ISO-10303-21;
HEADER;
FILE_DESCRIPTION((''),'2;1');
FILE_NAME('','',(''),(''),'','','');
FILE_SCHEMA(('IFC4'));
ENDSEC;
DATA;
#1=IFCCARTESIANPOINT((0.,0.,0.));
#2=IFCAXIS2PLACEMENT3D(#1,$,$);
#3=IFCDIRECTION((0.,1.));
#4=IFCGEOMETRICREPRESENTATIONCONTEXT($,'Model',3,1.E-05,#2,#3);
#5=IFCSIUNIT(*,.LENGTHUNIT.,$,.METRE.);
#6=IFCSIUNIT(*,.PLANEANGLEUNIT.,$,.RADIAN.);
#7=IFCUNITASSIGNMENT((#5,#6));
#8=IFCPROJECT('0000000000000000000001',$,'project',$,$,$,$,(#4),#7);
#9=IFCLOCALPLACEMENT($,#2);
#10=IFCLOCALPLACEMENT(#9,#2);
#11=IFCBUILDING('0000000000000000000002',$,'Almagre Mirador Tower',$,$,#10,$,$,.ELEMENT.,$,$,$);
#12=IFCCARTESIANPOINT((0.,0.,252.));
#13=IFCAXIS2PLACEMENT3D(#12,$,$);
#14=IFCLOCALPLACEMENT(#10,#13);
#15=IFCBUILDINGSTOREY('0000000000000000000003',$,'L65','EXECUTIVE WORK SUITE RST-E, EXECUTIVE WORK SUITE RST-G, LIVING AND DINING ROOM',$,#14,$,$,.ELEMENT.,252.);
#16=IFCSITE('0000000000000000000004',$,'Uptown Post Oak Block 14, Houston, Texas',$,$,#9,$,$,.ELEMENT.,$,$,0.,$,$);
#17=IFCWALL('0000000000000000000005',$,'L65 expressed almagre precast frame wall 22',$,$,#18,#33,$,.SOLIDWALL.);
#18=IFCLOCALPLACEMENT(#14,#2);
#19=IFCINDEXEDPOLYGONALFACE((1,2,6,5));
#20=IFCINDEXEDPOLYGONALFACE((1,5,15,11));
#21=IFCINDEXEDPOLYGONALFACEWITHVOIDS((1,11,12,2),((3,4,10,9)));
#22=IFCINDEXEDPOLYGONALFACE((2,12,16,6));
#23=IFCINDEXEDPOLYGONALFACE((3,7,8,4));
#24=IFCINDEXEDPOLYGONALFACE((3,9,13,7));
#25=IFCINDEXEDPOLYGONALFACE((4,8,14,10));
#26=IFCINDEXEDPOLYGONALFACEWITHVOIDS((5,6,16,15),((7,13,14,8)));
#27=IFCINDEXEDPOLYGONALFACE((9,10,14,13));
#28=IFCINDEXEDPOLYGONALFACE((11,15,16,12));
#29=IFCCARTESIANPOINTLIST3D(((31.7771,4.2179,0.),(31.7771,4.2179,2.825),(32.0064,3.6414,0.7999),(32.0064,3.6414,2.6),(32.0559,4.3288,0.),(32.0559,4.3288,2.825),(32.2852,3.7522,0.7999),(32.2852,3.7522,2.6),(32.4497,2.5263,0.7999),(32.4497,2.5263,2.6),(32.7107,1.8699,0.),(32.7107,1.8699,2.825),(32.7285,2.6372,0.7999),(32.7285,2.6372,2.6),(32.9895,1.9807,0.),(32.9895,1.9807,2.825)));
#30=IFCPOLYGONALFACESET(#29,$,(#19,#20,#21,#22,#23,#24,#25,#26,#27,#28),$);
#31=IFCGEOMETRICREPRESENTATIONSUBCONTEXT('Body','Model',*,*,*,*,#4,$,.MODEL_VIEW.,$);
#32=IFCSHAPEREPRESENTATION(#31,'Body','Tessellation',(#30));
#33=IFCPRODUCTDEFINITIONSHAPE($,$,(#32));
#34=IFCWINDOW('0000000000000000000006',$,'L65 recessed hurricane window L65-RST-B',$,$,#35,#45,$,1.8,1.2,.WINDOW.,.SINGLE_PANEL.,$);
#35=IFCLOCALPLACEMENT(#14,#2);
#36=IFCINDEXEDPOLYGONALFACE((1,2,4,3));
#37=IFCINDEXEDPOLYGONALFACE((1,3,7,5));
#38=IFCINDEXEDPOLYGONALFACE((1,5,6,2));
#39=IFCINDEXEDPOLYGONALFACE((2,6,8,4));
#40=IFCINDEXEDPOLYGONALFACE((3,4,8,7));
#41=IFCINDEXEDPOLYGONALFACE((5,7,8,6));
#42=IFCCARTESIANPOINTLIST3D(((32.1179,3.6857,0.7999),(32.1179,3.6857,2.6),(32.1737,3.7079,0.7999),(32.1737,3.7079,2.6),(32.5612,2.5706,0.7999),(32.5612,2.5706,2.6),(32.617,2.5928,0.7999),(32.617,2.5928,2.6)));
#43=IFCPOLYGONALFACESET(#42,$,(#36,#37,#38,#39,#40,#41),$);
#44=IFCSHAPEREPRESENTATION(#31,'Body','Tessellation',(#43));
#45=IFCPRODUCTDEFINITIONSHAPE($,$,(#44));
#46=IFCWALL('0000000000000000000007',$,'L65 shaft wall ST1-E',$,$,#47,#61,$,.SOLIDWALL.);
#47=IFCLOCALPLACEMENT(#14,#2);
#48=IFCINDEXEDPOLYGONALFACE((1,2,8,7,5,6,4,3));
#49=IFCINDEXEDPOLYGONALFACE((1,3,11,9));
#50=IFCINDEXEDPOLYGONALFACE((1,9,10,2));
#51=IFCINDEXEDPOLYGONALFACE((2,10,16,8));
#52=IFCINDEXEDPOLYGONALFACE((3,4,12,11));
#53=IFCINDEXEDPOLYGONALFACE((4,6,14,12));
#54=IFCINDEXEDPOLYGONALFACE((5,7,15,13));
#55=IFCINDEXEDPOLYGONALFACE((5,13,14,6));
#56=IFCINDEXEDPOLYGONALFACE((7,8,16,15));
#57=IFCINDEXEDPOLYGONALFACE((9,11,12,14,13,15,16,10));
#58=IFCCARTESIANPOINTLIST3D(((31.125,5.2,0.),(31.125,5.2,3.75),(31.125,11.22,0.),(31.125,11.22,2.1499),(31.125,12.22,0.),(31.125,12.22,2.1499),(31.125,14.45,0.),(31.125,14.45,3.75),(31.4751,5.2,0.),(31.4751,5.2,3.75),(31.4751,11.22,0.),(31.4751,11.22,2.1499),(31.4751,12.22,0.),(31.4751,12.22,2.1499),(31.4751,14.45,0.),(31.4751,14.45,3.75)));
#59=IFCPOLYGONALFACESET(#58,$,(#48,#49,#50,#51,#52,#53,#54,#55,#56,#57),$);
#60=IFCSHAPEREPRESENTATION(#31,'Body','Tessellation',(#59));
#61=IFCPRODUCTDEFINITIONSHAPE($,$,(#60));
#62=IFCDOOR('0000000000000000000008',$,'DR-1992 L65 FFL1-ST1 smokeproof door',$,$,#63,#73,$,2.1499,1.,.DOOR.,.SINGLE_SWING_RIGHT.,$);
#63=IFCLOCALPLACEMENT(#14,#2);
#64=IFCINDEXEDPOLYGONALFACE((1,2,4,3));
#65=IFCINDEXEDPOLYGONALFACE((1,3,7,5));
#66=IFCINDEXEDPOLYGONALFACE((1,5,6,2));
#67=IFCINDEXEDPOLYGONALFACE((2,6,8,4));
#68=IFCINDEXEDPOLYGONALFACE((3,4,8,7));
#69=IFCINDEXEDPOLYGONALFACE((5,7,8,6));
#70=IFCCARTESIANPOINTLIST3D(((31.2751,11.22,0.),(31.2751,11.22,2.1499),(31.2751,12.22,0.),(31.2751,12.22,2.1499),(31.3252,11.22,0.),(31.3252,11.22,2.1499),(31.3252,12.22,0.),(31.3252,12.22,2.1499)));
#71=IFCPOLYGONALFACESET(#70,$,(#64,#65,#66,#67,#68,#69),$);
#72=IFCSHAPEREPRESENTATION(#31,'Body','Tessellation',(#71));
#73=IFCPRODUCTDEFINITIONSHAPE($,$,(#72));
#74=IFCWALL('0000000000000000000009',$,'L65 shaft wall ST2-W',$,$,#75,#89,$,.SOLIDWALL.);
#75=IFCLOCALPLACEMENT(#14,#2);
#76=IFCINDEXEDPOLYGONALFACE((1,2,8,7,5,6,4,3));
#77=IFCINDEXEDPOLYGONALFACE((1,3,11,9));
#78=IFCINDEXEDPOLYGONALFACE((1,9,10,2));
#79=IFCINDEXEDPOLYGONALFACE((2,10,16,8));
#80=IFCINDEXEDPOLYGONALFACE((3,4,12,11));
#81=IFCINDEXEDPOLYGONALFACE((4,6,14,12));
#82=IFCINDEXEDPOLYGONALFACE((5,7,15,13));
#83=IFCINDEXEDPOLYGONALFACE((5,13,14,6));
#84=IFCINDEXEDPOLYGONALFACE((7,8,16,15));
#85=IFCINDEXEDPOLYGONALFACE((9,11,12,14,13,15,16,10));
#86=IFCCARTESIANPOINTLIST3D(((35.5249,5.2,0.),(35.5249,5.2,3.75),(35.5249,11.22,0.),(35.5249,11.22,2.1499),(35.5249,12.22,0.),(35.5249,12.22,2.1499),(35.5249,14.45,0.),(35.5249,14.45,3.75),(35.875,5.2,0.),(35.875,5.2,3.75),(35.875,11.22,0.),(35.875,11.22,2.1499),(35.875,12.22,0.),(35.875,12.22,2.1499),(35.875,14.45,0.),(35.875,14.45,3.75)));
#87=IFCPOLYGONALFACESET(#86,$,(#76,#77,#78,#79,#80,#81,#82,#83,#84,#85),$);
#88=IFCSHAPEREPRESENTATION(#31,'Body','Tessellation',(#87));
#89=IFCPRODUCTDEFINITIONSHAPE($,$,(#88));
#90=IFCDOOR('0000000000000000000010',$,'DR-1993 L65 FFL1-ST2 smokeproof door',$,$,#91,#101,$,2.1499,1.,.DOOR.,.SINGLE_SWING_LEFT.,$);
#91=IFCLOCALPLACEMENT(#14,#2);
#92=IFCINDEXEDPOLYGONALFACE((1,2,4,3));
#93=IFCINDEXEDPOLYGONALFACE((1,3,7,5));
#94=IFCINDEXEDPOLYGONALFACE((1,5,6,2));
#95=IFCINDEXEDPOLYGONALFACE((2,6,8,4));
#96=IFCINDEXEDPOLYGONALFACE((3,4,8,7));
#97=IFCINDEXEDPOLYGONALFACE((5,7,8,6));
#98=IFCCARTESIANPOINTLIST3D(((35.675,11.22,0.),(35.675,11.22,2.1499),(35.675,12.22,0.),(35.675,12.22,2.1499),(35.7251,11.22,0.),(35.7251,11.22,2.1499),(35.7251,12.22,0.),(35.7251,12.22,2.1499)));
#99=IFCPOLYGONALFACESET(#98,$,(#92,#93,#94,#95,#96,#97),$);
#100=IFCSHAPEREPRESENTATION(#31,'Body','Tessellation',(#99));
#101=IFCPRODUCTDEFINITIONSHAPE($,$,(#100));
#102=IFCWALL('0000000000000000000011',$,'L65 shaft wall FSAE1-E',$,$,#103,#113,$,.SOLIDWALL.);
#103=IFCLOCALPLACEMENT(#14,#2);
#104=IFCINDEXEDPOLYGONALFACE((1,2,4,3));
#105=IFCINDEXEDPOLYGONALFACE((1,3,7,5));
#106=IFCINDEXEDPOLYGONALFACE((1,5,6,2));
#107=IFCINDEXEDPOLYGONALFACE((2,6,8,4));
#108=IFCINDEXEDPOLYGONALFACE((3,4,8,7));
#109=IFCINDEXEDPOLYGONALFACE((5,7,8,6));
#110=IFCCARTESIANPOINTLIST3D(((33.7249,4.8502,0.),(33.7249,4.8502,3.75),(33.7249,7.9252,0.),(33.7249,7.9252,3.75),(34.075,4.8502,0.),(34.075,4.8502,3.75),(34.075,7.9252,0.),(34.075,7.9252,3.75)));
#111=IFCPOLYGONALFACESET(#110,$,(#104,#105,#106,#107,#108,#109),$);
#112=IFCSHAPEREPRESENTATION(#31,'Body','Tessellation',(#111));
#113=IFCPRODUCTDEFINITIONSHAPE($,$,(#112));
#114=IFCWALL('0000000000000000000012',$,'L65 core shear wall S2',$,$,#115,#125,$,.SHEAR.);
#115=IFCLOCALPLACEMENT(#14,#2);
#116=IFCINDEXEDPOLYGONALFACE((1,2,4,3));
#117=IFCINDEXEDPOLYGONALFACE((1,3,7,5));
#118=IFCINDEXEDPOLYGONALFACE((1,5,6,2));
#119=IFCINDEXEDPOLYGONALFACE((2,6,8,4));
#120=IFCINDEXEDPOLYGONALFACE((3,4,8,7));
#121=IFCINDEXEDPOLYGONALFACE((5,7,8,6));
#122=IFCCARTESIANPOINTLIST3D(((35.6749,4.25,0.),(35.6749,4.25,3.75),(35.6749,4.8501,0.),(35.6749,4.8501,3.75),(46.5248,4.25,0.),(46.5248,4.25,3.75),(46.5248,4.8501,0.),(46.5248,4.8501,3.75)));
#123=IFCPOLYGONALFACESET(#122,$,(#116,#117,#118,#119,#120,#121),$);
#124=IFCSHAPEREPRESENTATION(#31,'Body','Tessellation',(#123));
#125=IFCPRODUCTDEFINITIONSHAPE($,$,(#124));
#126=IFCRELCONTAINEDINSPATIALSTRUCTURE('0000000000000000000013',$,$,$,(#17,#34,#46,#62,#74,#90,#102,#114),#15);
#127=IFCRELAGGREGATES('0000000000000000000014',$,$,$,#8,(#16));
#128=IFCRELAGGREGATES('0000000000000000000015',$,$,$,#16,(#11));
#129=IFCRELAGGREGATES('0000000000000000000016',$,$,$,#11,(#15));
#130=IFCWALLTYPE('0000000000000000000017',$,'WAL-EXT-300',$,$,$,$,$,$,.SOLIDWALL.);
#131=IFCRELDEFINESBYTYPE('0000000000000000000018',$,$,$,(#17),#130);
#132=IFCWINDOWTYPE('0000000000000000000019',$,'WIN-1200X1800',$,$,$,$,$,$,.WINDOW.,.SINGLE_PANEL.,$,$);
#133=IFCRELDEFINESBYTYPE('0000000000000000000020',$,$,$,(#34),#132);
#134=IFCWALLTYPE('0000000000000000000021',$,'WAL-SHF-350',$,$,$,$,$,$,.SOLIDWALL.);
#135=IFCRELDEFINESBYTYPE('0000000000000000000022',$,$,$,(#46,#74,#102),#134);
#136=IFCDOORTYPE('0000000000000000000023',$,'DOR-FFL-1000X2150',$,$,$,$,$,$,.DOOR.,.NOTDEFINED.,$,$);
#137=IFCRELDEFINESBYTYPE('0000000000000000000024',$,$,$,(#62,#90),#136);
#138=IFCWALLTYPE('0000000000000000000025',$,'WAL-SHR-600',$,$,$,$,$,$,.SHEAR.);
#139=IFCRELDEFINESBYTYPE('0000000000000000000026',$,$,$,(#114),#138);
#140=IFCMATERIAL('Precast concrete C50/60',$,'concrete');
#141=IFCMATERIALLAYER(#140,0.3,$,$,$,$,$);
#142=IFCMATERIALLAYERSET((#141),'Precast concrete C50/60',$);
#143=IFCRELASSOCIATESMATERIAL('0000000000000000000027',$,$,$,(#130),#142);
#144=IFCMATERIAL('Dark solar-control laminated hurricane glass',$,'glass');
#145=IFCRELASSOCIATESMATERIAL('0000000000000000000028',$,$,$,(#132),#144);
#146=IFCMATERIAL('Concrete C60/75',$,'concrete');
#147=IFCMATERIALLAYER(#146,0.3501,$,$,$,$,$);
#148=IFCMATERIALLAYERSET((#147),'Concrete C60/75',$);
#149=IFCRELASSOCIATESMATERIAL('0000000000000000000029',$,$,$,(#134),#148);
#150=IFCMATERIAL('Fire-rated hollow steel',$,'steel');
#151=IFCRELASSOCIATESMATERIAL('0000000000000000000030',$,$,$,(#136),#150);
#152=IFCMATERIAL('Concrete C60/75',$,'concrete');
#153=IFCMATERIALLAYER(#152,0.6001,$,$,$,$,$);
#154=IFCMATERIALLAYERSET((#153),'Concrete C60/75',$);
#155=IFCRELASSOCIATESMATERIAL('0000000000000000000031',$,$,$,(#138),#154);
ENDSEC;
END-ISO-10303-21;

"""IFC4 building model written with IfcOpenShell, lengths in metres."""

from ifc_helpers import new_model, si_unit, direction, frame, frame_2d, origin, place, context, subcontext, project, spatial, rectangle, extrude, material, layer, layer_set, type_object, element, fill, save


model = new_model("IFC4")

# Units and contexts
model_context = context("Model", 3, precision=1e-05, world=origin(), true_north=direction((0.0, 1.0)))
body_context = subcontext(model_context, "Body", "Model", "MODEL_VIEW")
ifc_project = project(units=[si_unit("LENGTHUNIT", "METRE"), si_unit("PLANEANGLEUNIT", "RADIAN")], contexts=[model_context])

# Site, building, storey
site_placement = place(None, origin())
site = spatial("IfcSite", under=ifc_project, at=site_placement, Name="Uptown Post Oak Block 14, Houston, Texas", CompositionType="ELEMENT", RefElevation=0.0)
building_placement = place(site_placement, origin())
building = spatial("IfcBuilding", under=site, at=building_placement, Name="Almagre Mirador Tower", CompositionType="ELEMENT")
storey_placement = place(building_placement, frame((0.0, 0.0, 252.0)))
storey = spatial("IfcBuildingStorey", under=building, at=storey_placement, Name="L65", Description="EXECUTIVE WORK SUITE RST-E, EXECUTIVE WORK SUITE RST-G, LIVING AND DINING ROOM", CompositionType="ELEMENT", Elevation=252.0)

# Wall, opening, window
ifc_material_1 = material(Name="Precast concrete C50/60", Category="concrete")
ifc_layer_1 = layer(ifc_material_1, 0.3)
ifc_layer_set_1 = layer_set([ifc_layer_1], Name="Precast concrete C50/60")
wall_type_1 = type_object("IfcWallType", Name="WAL-EXT-300", PredefinedType="SOLIDWALL", material=ifc_layer_set_1)
wall_1_placement = place(storey_placement, frame((32.8501, 1.9253, 0.0), z_axis=(0.0, 0.0, 1.0), x_axis=(-0.369458, 0.929248, 0.0)))
wall_1 = element("IfcWall", 1, at=wall_1_placement, inside=storey, type_object=wall_type_1, Name="L65 expressed almagre precast frame wall 22", PredefinedType="SOLIDWALL", context=body_context, shape_type="SweptSolid", body=[
    extrude(rectangle(XDim=2.5269, YDim=0.3, at=frame_2d((1.2634, 0.0))), origin(), (0.0, 0.0, 1.0), 2.825),
])
opening_1_placement = place(wall_1_placement, frame((0.7063, 0.0, 0.8)))
opening_1 = element("IfcOpeningElement", 2, at=opening_1_placement, cuts=wall_1, PredefinedType="OPENING", context=body_context, shape_type="SweptSolid", body=[
    extrude(rectangle(XDim=1.2, YDim=1.8, at=frame_2d((0.6001, 0.8999))), frame((0.0, 0.1599, 0.0), z_axis=(0.0, -1.0, 0.0), x_axis=(1.0, 0.0, 0.0)), (0.0, 0.0, 1.0), 0.32),
])
ifc_material_2 = material(Name="Dark solar-control laminated hurricane glass", Category="glass")
window_type = type_object("IfcWindowType", Name="WIN-1200X1800", PartitioningType="SINGLE_PANEL", PredefinedType="WINDOW", material=ifc_material_2)
window_placement = place(opening_1_placement, origin())
window = element("IfcWindow", 3, at=window_placement, inside=storey, type_object=window_type, Name="L65 recessed hurricane window L65-RST-B", OverallHeight=1.8, OverallWidth=1.2, PartitioningType="SINGLE_PANEL", PredefinedType="WINDOW", context=body_context, shape_type="SweptSolid", body=[
    extrude(rectangle(XDim=1.2, YDim=1.8, at=frame_2d((0.6001, 0.8999))), frame((0.0, 0.03, 0.0), z_axis=(0.0, -1.0, 0.0), x_axis=(1.0, 0.0, 0.0)), (0.0, 0.0, 1.0), 0.0601),
])
fill(opening_1, window)

# Walls, openings, doors
ifc_material_3 = material(Name="Concrete C60/75", Category="concrete")
ifc_layer_2 = layer(ifc_material_3, 0.3501)
ifc_layer_set_2 = layer_set([ifc_layer_2], Name="Concrete C60/75")
wall_type_2 = type_object("IfcWallType", Name="WAL-SHF-350", PredefinedType="SOLIDWALL", material=ifc_layer_set_2)
wall_2_placement = place(storey_placement, frame((31.3, 5.2, 0.0), z_axis=(0.0, 0.0, 1.0), x_axis=(0.0, 1.0, 0.0)))
wall_2 = element("IfcWall", 4, at=wall_2_placement, inside=storey, type_object=wall_type_2, Name="L65 shaft wall ST1-E", PredefinedType="SOLIDWALL", context=body_context, shape_type="SweptSolid", body=[
    extrude(rectangle(XDim=9.25, YDim=0.3501, at=frame_2d((4.625, 0.0))), origin(), (0.0, 0.0, 1.0), 3.75),
])
opening_2_placement = place(wall_2_placement, frame((6.02, 0.0, 0.0)))
opening_2 = element("IfcOpeningElement", 5, at=opening_2_placement, cuts=wall_2, PredefinedType="OPENING", context=body_context, shape_type="SweptSolid", body=[
    extrude(rectangle(XDim=1.0, YDim=2.1499, at=frame_2d((0.5, 1.075))), frame((0.0, 0.185, 0.0), z_axis=(0.0, -1.0, 0.0), x_axis=(1.0, 0.0, 0.0)), (0.0, 0.0, 1.0), 0.3701),
])
ifc_material_4 = material(Name="Fire-rated hollow steel", Category="steel")
door_type = type_object("IfcDoorType", Name="DOR-FFL-1000X2150", OperationType="NOTDEFINED", PredefinedType="DOOR", material=ifc_material_4)
door_1_placement = place(opening_2_placement, origin())
door_1 = element("IfcDoor", 6, at=door_1_placement, inside=storey, type_object=door_type, Name="DR-1992 L65 FFL1-ST1 smokeproof door", OperationType="SINGLE_SWING_RIGHT", OverallHeight=2.1499, OverallWidth=1.0, PredefinedType="DOOR", context=body_context, shape_type="SweptSolid", body=[
    extrude(rectangle(XDim=1.0, YDim=2.1499, at=frame_2d((0.5, 1.075))), frame((0.0, 0.0249, 0.0), z_axis=(0.0, -1.0, 0.0), x_axis=(1.0, 0.0, 0.0)), (0.0, 0.0, 1.0), 0.05),
])
fill(opening_2, door_1)
wall_3_placement = place(storey_placement, frame((35.7, 5.2, 0.0), z_axis=(0.0, 0.0, 1.0), x_axis=(0.0, 1.0, 0.0)))
wall_3 = element("IfcWall", 7, at=wall_3_placement, inside=storey, type_object=wall_type_2, Name="L65 shaft wall ST2-W", PredefinedType="SOLIDWALL", context=body_context, shape_type="SweptSolid", body=[
    extrude(rectangle(XDim=9.25, YDim=0.3501, at=frame_2d((4.625, 0.0))), origin(), (0.0, 0.0, 1.0), 3.75),
])
opening_3_placement = place(wall_3_placement, frame((6.02, 0.0, 0.0)))
opening_3 = element("IfcOpeningElement", 8, at=opening_3_placement, cuts=wall_3, PredefinedType="OPENING", context=body_context, shape_type="SweptSolid", body=[
    extrude(rectangle(XDim=1.0, YDim=2.1499, at=frame_2d((0.5, 1.075))), frame((0.0, 0.185, 0.0), z_axis=(0.0, -1.0, 0.0), x_axis=(1.0, 0.0, 0.0)), (0.0, 0.0, 1.0), 0.3701),
])
door_2_placement = place(opening_3_placement, origin())
door_2 = element("IfcDoor", 9, at=door_2_placement, inside=storey, type_object=door_type, Name="DR-1993 L65 FFL1-ST2 smokeproof door", OperationType="SINGLE_SWING_LEFT", OverallHeight=2.1499, OverallWidth=1.0, PredefinedType="DOOR", context=body_context, shape_type="SweptSolid", body=[
    extrude(rectangle(XDim=1.0, YDim=2.1499, at=frame_2d((0.5, 1.075))), frame((0.0, 0.0249, 0.0), z_axis=(0.0, -1.0, 0.0), x_axis=(1.0, 0.0, 0.0)), (0.0, 0.0, 1.0), 0.05),
])
fill(opening_3, door_2)

# Walls
wall_4_placement = place(storey_placement, frame((33.8999, 4.8501, 0.0), z_axis=(0.0, 0.0, 1.0), x_axis=(0.0, 1.0, 0.0)))
element("IfcWall", 10, at=wall_4_placement, inside=storey, type_object=wall_type_2, Name="L65 shaft wall FSAE1-E", PredefinedType="SOLIDWALL", context=body_context, shape_type="SweptSolid", body=[
    extrude(rectangle(XDim=3.075, YDim=0.3501, at=frame_2d((1.5376, 0.0))), origin(), (0.0, 0.0, 1.0), 3.75),
])
ifc_material_5 = material(Name="Concrete C60/75", Category="concrete")
ifc_layer_3 = layer(ifc_material_5, 0.6001)
ifc_layer_set_3 = layer_set([ifc_layer_3], Name="Concrete C60/75")
wall_type_3 = type_object("IfcWallType", Name="WAL-SHR-600", PredefinedType="SHEAR", material=ifc_layer_set_3)
wall_5_placement = place(storey_placement, frame((35.675, 4.55, 0.0), z_axis=(0.0, 0.0, 1.0), x_axis=(1.0, 0.0, 0.0)))
element("IfcWall", 11, at=wall_5_placement, inside=storey, type_object=wall_type_3, Name="L65 core shear wall S2", PredefinedType="SHEAR", context=body_context, shape_type="SweptSolid", body=[
    extrude(rectangle(XDim=10.8499, YDim=0.6001, at=frame_2d((5.4248, 0.0))), origin(), (0.0, 0.0, 1.0), 3.75),
])

save(model, "model.ifc")
